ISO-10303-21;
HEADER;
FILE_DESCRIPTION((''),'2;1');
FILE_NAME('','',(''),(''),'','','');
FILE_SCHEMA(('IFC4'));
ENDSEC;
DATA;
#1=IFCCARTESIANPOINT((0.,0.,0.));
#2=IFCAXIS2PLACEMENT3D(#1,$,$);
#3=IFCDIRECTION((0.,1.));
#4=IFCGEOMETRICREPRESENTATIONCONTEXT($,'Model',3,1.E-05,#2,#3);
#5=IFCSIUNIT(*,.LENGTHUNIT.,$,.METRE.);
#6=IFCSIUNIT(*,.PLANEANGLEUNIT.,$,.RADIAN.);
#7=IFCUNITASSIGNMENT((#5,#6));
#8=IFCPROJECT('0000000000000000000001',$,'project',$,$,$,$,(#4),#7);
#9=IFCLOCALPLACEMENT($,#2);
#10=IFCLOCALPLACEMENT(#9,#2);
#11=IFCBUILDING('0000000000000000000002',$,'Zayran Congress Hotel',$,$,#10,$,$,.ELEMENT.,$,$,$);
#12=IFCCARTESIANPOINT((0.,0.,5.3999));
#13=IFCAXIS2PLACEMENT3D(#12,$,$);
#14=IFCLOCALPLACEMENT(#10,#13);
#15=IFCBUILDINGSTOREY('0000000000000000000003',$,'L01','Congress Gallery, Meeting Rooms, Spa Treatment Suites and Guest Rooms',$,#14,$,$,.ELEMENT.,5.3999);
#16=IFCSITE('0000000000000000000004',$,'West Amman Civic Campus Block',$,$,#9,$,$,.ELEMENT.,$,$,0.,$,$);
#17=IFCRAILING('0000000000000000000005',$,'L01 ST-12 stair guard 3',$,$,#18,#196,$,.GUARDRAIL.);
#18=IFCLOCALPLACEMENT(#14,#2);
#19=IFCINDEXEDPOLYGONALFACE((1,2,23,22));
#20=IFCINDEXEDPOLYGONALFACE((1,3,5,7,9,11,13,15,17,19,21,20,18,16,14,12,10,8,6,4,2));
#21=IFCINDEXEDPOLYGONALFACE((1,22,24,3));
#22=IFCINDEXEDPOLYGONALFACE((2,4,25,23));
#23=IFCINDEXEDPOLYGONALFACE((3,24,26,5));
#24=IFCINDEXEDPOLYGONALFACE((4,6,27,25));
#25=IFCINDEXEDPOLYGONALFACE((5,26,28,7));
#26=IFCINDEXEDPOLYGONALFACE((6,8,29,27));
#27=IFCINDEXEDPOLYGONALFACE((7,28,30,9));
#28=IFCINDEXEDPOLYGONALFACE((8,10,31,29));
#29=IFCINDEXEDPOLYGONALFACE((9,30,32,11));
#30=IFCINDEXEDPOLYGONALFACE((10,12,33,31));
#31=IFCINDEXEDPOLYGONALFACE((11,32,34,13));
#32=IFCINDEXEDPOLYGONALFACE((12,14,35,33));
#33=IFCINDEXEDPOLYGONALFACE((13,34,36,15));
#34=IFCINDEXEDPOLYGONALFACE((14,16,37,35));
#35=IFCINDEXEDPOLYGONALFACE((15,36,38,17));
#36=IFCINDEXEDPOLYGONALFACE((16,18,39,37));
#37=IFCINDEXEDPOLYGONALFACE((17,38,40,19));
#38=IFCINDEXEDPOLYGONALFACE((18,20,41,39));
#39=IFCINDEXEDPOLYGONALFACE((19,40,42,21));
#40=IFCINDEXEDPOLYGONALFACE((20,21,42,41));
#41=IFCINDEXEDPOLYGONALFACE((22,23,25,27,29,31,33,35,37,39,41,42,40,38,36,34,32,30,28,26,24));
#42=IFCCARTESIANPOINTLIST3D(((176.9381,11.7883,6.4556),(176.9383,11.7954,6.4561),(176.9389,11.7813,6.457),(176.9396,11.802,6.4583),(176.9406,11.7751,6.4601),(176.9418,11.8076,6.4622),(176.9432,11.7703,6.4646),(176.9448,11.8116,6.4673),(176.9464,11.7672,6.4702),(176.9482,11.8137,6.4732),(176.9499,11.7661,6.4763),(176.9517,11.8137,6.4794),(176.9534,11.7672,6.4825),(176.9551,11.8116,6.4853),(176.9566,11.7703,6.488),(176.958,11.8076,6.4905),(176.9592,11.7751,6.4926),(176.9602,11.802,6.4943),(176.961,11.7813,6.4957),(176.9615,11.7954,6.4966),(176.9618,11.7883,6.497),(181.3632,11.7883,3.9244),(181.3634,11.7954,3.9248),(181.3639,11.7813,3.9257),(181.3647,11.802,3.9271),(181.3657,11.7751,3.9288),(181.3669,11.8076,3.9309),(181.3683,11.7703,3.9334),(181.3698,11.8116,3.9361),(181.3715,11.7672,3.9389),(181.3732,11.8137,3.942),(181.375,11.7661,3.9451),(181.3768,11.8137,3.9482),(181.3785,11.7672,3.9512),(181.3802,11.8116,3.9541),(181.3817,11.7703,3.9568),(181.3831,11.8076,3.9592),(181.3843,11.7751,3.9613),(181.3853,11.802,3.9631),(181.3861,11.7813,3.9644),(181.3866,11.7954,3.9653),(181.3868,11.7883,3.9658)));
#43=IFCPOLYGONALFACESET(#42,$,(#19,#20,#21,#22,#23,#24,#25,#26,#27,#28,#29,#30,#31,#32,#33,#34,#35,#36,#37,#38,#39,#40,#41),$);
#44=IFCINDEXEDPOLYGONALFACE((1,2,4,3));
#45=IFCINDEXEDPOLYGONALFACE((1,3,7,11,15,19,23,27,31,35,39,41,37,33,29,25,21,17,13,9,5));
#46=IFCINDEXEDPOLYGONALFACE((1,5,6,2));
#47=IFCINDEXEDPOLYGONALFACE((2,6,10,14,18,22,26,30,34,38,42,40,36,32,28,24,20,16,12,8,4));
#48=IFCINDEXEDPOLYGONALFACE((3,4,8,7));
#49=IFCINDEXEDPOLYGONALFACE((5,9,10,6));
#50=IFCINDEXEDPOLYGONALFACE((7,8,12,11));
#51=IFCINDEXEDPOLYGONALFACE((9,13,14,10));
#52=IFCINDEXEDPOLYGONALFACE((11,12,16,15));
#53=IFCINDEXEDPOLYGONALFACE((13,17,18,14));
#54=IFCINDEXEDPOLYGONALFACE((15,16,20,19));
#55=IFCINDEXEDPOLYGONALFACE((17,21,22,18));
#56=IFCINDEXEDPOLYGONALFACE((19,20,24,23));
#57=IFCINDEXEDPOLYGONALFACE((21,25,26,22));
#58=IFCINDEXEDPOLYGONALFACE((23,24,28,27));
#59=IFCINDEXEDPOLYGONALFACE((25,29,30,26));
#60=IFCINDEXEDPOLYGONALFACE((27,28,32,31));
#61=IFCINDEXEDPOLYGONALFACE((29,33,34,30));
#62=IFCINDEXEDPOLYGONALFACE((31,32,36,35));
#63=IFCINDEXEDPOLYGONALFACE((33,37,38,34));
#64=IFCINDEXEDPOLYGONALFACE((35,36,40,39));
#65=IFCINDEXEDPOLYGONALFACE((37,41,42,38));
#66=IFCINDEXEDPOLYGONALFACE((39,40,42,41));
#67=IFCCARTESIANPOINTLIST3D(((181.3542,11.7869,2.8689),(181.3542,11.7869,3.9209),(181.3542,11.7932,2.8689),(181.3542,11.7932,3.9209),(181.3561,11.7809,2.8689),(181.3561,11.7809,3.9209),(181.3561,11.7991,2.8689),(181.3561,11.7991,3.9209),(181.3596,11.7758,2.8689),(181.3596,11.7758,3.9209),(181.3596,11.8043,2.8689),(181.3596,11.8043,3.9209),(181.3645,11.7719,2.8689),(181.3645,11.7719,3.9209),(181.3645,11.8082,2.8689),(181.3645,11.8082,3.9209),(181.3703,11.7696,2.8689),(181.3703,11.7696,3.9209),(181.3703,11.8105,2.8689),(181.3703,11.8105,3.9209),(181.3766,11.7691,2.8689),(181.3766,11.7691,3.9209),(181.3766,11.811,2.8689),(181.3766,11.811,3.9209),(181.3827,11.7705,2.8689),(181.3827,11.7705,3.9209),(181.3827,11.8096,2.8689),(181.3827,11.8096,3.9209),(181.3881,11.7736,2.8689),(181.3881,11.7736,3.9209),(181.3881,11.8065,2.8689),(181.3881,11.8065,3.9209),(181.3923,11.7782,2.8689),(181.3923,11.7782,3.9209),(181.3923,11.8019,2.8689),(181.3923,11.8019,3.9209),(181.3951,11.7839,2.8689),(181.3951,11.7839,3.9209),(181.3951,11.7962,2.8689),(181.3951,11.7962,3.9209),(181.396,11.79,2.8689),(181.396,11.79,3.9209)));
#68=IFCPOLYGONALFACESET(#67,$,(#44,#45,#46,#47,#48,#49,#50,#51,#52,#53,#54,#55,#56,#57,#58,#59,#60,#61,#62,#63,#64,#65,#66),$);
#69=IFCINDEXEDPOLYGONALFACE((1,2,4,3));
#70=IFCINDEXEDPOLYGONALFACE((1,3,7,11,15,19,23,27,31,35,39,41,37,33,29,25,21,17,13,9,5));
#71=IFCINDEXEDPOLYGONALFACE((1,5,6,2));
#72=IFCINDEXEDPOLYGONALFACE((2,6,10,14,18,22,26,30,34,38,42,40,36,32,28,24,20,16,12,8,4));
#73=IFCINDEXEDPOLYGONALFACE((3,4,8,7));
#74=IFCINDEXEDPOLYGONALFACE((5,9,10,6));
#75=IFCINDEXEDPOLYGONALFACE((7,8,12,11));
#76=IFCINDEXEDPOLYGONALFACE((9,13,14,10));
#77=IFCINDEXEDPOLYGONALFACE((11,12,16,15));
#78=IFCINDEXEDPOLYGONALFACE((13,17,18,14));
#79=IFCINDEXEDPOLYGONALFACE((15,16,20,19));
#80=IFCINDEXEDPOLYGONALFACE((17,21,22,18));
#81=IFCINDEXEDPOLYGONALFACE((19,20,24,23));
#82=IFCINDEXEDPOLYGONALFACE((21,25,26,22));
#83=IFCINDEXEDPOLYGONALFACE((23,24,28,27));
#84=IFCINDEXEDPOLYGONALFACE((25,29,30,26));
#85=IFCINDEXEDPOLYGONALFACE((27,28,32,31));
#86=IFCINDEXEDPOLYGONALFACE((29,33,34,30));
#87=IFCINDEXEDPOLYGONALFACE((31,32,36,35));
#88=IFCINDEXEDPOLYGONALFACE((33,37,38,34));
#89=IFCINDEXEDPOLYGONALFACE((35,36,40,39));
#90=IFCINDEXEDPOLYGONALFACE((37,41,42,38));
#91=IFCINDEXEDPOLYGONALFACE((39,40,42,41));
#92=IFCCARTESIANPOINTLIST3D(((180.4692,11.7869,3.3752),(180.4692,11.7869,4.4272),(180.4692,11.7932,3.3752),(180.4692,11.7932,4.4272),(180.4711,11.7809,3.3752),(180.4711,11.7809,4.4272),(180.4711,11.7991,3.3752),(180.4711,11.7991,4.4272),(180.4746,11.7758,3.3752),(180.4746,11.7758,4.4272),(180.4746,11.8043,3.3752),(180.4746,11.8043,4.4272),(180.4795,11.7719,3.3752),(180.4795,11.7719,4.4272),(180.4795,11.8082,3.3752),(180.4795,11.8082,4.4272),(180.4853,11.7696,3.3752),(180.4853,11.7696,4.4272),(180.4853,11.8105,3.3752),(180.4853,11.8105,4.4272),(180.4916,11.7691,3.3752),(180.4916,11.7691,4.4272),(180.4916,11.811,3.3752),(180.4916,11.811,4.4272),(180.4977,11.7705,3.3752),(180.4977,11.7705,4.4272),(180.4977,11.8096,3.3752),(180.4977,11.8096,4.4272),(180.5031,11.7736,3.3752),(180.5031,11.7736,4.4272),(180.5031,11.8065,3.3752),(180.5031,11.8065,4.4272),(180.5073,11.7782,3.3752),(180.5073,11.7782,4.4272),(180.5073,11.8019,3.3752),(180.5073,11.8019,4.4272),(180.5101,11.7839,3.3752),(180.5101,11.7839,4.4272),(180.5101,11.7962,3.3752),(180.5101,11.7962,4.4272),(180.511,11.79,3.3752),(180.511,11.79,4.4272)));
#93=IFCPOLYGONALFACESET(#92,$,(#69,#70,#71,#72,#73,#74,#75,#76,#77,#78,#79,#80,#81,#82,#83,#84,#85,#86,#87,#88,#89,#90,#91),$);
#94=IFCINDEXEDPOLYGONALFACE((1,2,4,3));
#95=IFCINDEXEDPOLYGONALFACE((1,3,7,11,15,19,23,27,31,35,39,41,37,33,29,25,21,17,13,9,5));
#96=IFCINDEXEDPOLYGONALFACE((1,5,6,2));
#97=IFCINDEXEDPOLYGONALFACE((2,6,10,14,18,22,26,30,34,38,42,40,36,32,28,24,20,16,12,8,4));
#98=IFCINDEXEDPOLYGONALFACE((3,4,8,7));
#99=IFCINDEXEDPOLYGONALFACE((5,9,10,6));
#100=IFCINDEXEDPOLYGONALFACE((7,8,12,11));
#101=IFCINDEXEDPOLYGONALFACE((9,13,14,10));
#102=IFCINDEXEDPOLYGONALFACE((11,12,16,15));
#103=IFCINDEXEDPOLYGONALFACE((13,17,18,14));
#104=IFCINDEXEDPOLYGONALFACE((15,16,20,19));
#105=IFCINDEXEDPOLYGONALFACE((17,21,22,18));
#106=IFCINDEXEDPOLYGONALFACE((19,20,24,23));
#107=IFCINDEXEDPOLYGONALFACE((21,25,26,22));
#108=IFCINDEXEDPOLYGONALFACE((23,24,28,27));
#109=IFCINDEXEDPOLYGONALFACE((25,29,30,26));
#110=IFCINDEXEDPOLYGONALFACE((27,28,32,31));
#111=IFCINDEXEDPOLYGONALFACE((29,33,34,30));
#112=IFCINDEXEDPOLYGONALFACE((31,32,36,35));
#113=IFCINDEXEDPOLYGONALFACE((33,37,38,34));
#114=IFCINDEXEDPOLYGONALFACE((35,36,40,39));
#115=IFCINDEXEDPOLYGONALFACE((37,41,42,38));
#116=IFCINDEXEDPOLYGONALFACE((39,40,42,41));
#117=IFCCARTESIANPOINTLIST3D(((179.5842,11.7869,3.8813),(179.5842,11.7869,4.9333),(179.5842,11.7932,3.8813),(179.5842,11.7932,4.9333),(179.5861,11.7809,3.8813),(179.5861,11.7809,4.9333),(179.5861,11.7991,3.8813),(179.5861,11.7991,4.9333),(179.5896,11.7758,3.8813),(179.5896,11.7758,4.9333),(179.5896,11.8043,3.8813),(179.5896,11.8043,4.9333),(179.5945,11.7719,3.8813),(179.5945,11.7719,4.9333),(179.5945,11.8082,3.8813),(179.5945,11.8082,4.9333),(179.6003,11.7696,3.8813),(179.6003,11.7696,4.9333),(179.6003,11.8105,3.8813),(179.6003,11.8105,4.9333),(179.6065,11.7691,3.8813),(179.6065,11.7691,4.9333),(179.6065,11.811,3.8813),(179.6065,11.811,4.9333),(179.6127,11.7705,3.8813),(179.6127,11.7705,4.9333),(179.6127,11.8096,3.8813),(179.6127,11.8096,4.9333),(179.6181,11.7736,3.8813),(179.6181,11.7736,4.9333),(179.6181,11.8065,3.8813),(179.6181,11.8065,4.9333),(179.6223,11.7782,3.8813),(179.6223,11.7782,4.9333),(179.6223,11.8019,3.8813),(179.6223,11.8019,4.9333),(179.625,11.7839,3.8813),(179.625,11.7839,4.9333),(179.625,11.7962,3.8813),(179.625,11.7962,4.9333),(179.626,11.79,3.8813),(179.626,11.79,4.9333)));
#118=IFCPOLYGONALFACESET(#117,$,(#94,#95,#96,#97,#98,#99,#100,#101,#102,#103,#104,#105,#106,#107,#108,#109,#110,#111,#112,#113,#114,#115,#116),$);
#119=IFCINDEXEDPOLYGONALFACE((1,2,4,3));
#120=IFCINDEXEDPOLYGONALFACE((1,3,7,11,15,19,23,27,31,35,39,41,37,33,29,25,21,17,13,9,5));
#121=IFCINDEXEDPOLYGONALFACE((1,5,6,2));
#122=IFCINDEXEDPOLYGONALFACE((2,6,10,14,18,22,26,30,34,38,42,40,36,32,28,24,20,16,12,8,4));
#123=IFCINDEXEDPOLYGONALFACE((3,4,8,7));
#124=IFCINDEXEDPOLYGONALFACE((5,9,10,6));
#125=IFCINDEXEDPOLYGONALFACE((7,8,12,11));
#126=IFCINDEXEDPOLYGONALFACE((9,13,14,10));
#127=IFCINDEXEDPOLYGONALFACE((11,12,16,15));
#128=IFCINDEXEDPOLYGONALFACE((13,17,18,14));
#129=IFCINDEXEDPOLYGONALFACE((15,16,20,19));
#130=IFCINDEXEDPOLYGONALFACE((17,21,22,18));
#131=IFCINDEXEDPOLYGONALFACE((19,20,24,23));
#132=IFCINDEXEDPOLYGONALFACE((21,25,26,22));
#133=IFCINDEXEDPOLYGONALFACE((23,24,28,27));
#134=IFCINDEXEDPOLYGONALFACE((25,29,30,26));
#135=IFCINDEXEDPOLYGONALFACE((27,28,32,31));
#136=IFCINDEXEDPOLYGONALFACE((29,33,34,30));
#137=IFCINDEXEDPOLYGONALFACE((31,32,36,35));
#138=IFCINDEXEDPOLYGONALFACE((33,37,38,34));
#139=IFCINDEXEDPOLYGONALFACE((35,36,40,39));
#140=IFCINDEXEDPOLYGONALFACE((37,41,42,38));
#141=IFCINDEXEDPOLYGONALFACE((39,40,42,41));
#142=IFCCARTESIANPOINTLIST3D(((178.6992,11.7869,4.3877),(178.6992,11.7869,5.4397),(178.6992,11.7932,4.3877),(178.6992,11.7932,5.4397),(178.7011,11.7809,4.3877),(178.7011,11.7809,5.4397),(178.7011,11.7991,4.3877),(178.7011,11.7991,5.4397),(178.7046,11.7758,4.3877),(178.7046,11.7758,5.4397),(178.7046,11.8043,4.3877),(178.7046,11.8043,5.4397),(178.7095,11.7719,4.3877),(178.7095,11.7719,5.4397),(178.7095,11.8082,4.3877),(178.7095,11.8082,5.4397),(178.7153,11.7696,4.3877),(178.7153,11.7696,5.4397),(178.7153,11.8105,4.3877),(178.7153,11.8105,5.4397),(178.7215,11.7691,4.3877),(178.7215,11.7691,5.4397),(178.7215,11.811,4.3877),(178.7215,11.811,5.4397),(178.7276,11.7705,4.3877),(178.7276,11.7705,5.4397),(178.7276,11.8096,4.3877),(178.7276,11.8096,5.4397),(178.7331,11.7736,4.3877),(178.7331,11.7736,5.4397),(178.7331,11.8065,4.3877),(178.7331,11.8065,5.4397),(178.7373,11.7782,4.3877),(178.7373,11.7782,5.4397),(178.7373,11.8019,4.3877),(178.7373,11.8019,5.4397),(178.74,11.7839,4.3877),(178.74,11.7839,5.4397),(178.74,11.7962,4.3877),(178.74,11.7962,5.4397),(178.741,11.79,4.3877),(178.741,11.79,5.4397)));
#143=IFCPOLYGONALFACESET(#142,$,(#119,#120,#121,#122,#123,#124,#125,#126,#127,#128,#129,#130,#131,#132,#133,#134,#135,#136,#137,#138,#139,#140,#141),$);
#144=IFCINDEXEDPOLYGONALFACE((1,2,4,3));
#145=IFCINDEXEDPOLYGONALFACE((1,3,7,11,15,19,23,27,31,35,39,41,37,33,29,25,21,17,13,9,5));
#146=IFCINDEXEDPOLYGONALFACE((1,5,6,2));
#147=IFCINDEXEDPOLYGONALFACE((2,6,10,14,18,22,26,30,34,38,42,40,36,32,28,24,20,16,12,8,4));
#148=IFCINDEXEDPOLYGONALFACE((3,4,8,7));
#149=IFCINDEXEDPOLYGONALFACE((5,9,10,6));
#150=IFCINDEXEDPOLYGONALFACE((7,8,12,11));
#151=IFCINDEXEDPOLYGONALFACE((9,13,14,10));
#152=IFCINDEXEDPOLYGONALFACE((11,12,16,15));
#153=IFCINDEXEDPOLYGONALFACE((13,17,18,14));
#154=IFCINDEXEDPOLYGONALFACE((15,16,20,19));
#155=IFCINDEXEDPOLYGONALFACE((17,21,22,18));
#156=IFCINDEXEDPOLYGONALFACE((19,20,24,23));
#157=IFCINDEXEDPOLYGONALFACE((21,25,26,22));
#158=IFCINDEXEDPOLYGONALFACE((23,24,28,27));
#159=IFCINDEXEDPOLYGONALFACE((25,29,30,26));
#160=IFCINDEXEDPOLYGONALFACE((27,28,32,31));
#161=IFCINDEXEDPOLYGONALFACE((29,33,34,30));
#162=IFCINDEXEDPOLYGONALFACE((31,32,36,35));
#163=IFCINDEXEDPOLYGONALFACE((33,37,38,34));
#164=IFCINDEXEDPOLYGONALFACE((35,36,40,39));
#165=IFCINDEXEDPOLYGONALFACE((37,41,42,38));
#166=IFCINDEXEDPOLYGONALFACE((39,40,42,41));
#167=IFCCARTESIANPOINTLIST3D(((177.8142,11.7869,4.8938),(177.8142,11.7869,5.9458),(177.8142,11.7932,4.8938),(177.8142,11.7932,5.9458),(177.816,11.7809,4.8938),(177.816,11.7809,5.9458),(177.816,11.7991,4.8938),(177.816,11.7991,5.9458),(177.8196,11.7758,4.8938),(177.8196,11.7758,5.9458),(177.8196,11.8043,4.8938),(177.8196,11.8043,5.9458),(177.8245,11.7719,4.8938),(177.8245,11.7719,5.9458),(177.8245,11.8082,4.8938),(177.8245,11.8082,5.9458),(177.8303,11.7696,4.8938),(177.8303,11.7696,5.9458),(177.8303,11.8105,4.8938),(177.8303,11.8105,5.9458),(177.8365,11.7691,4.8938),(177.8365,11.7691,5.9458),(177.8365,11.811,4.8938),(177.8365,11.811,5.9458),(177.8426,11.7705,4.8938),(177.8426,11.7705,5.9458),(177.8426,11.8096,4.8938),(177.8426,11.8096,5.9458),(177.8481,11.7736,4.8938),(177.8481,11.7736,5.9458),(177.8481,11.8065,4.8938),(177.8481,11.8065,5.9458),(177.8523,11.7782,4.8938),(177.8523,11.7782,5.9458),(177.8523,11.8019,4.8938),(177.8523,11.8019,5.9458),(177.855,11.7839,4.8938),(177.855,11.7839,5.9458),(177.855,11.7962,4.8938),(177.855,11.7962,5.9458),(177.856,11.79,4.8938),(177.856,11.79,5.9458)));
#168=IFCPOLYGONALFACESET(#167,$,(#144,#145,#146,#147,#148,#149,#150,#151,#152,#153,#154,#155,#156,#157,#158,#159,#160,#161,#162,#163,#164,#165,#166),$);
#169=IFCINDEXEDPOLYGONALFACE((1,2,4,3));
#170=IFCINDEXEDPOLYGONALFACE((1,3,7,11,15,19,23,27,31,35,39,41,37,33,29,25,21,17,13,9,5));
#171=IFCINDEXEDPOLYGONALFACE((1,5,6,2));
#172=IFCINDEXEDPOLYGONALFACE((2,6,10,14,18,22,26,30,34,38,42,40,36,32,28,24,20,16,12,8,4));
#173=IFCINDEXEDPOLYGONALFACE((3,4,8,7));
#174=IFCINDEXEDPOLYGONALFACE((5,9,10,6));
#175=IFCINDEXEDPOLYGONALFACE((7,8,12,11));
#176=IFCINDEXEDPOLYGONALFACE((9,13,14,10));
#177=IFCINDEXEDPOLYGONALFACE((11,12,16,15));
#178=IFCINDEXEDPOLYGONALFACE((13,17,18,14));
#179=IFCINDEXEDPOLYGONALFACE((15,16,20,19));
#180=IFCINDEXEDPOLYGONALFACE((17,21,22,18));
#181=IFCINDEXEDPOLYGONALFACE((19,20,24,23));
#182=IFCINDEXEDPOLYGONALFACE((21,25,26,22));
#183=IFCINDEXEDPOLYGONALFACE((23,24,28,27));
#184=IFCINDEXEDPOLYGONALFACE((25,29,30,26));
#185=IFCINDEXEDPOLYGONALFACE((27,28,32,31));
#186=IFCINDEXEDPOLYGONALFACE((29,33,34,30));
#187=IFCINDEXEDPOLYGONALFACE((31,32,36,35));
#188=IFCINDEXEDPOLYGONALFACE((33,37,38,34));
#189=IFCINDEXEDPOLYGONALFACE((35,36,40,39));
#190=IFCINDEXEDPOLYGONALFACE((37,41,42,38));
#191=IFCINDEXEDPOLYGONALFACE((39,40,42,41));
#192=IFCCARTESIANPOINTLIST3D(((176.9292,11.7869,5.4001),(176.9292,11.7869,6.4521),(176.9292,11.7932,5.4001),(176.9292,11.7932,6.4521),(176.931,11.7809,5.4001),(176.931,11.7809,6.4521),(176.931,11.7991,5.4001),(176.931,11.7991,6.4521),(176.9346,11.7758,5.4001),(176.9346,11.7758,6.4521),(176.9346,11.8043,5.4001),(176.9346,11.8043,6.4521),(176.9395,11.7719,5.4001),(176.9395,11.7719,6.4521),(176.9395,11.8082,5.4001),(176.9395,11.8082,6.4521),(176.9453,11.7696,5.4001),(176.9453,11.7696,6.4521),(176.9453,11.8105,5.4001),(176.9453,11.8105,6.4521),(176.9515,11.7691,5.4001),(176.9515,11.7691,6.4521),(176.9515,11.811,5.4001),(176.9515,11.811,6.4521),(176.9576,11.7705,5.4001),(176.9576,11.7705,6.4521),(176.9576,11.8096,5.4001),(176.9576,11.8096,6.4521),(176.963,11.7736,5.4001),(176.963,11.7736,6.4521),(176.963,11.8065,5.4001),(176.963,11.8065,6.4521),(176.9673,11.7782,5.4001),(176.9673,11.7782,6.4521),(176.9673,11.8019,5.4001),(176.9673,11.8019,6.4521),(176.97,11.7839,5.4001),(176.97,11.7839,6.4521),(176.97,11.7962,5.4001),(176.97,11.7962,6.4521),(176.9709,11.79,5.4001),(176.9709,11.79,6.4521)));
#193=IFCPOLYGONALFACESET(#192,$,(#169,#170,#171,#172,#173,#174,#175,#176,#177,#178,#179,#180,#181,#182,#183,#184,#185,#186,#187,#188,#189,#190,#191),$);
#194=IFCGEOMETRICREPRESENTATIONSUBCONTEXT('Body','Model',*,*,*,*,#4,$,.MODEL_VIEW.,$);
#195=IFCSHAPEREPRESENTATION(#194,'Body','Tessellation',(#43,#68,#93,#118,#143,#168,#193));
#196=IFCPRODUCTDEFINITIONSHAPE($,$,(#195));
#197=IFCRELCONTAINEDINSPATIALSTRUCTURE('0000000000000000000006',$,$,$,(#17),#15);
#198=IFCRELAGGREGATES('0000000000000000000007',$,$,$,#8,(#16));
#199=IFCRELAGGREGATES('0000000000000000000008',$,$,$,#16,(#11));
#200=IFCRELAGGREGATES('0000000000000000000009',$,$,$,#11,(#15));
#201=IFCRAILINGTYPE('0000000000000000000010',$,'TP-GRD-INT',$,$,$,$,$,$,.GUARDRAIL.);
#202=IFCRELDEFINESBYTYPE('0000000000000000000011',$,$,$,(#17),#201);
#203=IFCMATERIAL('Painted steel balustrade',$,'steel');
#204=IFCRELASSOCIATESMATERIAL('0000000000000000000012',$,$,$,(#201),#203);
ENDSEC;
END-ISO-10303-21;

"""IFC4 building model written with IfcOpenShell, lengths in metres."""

from ifc_helpers import new_model, si_unit, direction, frame, origin, origin_2d, place, context, subcontext, project, spatial, circle, extrude, material, type_object, element, save


model = new_model("IFC4")

# Units and contexts
model_context = context("Model", 3, precision=1e-05, world=origin(), true_north=direction((0.0, 1.0)))
body_context = subcontext(model_context, "Body", "Model", "MODEL_VIEW")
ifc_project = project(units=[si_unit("LENGTHUNIT", "METRE"), si_unit("PLANEANGLEUNIT", "RADIAN")], contexts=[model_context])

# Site, building, storey
site_placement = place(None, origin())
site = spatial("IfcSite", under=ifc_project, at=site_placement, Name="West Amman Civic Campus Block", CompositionType="ELEMENT", RefElevation=0.0)
building_placement = place(site_placement, origin())
building = spatial("IfcBuilding", under=site, at=building_placement, Name="Zayran Congress Hotel", CompositionType="ELEMENT")
storey_placement = place(building_placement, frame((0.0, 0.0, 5.3999)))
storey = spatial("IfcBuildingStorey", under=building, at=storey_placement, Name="L01", Description="Congress Gallery, Meeting Rooms, Spa Treatment Suites and Guest Rooms", CompositionType="ELEMENT", Elevation=5.3999)

# Railing
ifc_material_1 = material(Name="Painted steel balustrade", Category="steel")
railing_type = type_object("IfcRailingType", Name="TP-GRD-INT", PredefinedType="GUARDRAIL", material=ifc_material_1)
railing_1_placement = place(storey_placement, frame((181.375, 11.79, 2.8689)))
element("IfcRailing", 1, at=railing_1_placement, inside=storey, type_object=railing_type, Name="L01 ST-12 stair guard 3", PredefinedType="GUARDRAIL", context=body_context, shape_type="SweptSolid", body=[
    extrude(circle(Radius=0.0239, at=origin_2d()), frame((0.0, 0.0, 1.0762), z_axis=(-0.868019, 0.0, 0.496531), x_axis=(0.0, -1.0, 0.0)), (0.0, 0.0, 1.0), 5.0979),
    extrude(circle(Radius=0.021, at=origin_2d()), origin(), (0.0, 0.0, 1.0), 1.052),
    extrude(circle(Radius=0.021, at=origin_2d()), frame((-0.885, 0.0, 0.5063)), (0.0, 0.0, 1.0), 1.052),
    extrude(circle(Radius=0.021, at=origin_2d()), frame((-1.77, 0.0, 1.0125)), (0.0, 0.0, 1.0), 1.052),
    extrude(circle(Radius=0.021, at=origin_2d()), frame((-2.655, 0.0, 1.5188)), (0.0, 0.0, 1.0), 1.052),
    extrude(circle(Radius=0.021, at=origin_2d()), frame((-3.54, 0.0, 2.0249)), (0.0, 0.0, 1.0), 1.052),
    extrude(circle(Radius=0.021, at=origin_2d()), frame((-4.425, 0.0, 2.5312)), (0.0, 0.0, 1.0), 1.052),
])

save(model, "model.ifc")
